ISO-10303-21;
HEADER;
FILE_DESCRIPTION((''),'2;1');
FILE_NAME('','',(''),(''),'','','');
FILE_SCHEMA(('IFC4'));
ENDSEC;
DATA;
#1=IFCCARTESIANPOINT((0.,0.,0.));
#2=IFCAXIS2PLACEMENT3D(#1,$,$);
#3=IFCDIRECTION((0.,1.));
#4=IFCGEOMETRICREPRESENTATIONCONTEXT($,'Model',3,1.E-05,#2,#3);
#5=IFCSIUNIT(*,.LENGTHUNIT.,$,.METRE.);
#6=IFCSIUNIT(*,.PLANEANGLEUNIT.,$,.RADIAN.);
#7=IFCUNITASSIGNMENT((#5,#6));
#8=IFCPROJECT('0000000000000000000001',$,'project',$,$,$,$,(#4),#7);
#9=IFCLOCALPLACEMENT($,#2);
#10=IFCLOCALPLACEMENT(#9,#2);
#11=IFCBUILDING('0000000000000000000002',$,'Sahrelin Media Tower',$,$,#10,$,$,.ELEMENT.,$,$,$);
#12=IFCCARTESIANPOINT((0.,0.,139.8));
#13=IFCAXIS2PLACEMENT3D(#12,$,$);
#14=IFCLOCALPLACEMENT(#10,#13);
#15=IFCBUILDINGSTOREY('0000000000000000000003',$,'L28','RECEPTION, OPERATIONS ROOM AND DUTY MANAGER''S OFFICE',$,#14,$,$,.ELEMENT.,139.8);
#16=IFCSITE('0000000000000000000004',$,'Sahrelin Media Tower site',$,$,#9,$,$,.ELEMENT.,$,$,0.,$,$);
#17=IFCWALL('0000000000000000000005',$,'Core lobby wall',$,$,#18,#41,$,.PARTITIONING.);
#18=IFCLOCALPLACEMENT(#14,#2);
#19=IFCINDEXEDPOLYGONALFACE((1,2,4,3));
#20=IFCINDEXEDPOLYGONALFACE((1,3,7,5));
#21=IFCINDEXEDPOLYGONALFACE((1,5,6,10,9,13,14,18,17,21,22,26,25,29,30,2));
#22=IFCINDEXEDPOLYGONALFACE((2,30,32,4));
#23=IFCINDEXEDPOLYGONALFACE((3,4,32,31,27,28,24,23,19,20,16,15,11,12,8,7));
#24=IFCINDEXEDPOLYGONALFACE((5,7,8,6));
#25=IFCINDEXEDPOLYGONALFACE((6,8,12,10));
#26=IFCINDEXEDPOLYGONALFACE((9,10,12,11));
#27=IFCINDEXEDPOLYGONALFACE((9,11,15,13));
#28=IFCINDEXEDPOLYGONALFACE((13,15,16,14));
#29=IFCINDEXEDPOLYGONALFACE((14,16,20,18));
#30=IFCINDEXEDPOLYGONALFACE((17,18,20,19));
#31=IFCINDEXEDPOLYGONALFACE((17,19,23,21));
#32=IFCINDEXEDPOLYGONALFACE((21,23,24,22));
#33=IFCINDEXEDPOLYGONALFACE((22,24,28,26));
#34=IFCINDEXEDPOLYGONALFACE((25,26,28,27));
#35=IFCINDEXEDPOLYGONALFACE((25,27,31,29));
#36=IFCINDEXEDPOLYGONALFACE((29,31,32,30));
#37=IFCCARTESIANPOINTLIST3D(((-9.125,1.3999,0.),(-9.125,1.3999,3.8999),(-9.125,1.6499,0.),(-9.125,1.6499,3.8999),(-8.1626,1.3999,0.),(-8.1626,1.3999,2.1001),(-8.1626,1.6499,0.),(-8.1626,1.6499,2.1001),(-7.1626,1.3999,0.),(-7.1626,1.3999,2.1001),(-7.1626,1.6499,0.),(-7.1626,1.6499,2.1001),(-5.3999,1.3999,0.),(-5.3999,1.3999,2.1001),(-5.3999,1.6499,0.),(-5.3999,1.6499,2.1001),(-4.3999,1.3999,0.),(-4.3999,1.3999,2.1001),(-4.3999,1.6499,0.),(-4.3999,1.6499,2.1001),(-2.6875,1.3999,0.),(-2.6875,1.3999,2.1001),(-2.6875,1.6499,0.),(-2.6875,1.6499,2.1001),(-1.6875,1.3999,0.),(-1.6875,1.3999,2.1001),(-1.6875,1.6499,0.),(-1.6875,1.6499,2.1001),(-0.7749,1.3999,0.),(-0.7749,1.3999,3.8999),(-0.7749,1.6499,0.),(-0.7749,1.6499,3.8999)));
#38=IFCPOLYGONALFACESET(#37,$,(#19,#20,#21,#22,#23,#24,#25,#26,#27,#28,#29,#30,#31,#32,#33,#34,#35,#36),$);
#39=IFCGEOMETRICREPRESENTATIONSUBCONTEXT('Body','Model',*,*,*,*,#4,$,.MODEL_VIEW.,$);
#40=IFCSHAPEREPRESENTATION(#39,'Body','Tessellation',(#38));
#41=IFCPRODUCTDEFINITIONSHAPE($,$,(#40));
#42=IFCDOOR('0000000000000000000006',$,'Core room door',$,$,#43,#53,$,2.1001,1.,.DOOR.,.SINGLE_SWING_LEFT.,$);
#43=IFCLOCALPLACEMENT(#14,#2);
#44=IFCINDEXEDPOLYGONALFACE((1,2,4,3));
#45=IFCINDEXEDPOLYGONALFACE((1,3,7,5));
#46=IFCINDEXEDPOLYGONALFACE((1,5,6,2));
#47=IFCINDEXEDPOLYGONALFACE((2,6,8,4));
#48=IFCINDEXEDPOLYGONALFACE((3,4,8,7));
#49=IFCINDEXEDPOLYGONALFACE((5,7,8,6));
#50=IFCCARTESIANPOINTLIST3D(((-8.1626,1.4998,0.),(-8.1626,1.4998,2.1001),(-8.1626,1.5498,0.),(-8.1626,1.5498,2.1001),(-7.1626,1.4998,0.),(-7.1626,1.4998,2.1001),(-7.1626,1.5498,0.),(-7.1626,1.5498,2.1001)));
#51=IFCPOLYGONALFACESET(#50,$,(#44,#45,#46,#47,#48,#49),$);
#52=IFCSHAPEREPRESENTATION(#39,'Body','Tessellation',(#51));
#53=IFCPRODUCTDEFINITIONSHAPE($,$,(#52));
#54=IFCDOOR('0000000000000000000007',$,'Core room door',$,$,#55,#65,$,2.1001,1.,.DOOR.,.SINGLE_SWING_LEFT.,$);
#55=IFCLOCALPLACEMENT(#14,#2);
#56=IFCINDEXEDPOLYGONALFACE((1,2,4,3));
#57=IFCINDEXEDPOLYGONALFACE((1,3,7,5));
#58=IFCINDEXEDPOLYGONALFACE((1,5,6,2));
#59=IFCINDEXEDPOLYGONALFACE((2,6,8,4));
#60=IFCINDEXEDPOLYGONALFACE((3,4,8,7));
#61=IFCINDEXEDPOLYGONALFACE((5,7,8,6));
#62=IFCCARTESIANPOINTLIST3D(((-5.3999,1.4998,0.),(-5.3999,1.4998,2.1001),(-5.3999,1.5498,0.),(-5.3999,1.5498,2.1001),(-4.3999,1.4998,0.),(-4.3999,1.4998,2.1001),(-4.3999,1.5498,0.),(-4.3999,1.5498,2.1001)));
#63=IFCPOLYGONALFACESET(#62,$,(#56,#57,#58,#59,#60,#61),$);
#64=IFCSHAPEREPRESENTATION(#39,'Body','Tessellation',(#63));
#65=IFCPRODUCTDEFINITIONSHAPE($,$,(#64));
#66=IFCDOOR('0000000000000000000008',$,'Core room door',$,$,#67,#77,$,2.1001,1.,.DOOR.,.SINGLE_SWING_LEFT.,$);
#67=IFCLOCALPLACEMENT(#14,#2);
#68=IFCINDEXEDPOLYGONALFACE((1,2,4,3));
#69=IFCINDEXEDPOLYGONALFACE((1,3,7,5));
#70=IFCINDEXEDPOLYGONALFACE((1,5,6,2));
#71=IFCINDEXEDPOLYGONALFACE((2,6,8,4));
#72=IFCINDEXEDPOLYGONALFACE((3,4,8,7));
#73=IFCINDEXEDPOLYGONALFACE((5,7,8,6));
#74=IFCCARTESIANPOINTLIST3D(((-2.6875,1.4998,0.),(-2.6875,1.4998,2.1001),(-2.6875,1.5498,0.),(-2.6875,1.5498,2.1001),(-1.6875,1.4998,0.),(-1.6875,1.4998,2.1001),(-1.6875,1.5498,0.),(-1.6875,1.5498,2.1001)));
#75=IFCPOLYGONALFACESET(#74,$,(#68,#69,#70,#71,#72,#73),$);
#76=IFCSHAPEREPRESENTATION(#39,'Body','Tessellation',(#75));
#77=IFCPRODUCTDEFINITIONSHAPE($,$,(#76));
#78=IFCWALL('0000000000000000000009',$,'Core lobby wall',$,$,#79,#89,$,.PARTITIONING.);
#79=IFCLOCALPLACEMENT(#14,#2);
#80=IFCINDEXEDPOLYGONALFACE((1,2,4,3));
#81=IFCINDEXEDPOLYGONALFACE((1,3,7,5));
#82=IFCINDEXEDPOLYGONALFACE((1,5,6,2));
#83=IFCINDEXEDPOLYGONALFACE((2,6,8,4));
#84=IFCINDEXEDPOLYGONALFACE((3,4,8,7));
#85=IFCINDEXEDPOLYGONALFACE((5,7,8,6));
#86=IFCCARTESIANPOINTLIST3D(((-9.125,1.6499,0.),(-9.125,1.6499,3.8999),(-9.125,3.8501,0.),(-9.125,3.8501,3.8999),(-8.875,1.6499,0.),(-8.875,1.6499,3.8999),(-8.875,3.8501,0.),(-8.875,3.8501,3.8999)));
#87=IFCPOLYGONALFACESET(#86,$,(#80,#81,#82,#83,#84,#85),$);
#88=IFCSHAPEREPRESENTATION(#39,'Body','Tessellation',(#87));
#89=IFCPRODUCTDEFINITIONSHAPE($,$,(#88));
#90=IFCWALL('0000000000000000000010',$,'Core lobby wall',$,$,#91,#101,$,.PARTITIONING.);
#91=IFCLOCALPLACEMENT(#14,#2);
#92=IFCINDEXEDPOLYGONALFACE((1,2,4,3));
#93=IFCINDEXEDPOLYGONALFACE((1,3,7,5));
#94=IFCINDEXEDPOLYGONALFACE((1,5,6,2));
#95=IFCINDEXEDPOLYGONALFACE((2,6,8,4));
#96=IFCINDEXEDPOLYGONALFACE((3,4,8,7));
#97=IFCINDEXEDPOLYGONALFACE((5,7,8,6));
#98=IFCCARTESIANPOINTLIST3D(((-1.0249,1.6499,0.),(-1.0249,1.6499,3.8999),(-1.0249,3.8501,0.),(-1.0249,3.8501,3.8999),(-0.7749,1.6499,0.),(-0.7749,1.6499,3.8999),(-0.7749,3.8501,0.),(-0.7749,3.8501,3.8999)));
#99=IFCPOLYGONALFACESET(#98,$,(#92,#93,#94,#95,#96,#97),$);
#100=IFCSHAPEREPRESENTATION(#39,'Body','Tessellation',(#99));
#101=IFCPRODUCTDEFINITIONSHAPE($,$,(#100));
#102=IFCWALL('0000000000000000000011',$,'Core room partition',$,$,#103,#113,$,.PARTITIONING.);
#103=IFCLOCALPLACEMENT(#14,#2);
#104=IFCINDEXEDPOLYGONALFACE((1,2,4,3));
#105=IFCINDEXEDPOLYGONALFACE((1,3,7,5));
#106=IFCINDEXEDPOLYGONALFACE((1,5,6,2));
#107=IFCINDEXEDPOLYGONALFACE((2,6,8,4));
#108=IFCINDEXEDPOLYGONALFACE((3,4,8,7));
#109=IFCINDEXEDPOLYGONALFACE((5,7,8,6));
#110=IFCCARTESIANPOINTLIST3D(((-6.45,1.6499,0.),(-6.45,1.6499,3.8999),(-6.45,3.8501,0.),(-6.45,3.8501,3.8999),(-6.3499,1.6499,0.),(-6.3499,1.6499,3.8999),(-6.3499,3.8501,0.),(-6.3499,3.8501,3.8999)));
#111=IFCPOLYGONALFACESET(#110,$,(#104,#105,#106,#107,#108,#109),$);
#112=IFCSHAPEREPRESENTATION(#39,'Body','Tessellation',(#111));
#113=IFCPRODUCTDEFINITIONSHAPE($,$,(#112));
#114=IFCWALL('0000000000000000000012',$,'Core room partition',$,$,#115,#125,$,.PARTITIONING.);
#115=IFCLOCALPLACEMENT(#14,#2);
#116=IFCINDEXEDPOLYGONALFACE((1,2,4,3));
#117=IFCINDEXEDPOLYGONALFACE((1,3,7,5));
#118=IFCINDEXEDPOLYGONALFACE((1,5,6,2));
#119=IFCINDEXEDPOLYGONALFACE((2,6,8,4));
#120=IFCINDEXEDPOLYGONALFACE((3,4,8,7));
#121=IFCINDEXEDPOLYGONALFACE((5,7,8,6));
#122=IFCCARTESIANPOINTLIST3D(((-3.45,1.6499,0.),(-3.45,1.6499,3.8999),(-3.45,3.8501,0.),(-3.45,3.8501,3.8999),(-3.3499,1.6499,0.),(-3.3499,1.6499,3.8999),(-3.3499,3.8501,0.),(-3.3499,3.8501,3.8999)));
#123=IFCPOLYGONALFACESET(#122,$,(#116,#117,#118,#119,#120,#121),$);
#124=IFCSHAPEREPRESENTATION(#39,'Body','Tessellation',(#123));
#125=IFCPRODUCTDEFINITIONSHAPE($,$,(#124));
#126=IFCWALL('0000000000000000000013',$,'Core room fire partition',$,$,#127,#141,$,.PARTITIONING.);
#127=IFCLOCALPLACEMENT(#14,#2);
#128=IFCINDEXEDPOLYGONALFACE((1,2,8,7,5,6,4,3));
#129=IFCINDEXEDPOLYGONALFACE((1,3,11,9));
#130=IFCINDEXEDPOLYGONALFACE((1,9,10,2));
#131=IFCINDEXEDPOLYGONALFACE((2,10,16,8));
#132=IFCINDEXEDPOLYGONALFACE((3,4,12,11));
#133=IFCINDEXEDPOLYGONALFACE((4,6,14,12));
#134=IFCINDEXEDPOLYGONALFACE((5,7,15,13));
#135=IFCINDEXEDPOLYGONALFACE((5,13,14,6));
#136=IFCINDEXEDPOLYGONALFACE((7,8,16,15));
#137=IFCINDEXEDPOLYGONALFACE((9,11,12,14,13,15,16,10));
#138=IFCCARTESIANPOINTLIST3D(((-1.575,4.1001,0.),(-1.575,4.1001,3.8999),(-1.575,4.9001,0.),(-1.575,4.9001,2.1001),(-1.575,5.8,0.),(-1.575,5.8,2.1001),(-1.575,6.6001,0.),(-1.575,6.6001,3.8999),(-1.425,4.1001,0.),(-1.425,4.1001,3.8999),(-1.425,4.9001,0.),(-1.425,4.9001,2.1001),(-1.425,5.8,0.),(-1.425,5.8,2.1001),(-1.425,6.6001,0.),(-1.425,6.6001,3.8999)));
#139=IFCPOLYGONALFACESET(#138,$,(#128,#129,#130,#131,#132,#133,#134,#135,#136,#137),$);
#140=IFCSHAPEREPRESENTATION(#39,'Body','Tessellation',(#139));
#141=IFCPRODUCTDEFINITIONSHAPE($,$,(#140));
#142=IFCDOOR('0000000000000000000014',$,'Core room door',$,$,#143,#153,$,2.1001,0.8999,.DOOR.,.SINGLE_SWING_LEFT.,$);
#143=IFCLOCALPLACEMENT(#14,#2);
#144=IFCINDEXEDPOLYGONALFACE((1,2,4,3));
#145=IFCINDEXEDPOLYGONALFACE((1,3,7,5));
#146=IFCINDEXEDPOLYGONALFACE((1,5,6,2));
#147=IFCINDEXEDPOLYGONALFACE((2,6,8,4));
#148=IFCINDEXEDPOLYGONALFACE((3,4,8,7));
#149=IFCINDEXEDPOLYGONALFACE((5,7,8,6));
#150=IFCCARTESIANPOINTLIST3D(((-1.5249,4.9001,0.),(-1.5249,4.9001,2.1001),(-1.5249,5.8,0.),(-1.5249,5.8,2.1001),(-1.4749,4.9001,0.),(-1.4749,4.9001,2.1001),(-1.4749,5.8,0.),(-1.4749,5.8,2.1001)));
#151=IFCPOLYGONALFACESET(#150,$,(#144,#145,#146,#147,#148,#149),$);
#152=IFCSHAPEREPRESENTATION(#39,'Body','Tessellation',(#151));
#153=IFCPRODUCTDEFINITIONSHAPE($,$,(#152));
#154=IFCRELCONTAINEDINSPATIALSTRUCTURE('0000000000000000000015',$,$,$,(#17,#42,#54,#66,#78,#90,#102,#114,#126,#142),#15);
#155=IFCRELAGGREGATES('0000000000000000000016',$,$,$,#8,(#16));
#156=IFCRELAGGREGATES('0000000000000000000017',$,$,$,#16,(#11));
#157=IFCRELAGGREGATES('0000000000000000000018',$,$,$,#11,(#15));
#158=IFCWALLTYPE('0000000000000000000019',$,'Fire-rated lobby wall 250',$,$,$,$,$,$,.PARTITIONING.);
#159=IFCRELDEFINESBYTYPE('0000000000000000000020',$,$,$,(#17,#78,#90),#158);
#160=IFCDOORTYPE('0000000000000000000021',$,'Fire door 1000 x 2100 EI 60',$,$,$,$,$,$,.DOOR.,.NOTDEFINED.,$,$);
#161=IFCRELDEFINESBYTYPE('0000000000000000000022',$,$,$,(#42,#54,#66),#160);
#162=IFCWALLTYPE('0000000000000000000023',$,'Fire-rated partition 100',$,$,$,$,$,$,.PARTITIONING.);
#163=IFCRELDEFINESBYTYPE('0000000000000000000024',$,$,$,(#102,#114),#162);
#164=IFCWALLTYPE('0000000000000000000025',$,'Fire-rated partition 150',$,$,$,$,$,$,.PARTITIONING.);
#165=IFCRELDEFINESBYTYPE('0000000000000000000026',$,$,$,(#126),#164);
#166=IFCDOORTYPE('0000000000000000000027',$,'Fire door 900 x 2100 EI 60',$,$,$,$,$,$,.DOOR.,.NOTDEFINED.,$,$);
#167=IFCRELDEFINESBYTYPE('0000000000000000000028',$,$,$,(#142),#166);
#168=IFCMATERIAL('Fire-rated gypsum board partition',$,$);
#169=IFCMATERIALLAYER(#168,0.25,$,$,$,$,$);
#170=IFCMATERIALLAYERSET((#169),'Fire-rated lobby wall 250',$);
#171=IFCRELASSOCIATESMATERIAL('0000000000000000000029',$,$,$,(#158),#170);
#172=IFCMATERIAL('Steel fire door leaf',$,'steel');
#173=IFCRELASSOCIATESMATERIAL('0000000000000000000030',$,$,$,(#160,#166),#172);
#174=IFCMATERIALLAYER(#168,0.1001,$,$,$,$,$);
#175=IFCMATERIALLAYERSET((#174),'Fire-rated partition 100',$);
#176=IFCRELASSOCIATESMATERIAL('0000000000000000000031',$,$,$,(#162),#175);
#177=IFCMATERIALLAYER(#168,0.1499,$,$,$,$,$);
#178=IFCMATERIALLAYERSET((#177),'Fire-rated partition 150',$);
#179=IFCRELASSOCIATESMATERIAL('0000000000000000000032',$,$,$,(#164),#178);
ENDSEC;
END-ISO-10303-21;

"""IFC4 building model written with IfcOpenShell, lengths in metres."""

from ifc_helpers import new_model, si_unit, direction, frame, frame_2d, origin, place, context, subcontext, project, spatial, rectangle, extrude, material, layer, layer_set, type_object, element, fill, save


model = new_model("IFC4")

# Units and contexts
model_context = context("Model", 3, precision=1e-05, world=origin(), true_north=direction((0.0, 1.0)))
body_context = subcontext(model_context, "Body", "Model", "MODEL_VIEW")
ifc_project = project(units=[si_unit("LENGTHUNIT", "METRE"), si_unit("PLANEANGLEUNIT", "RADIAN")], contexts=[model_context])

# Site, building, storey
site_placement = place(None, origin())
site = spatial("IfcSite", under=ifc_project, at=site_placement, Name="Sahrelin Media Tower site", CompositionType="ELEMENT", RefElevation=0.0)
building_placement = place(site_placement, origin())
building = spatial("IfcBuilding", under=site, at=building_placement, Name="Sahrelin Media Tower", CompositionType="ELEMENT")
storey_placement = place(building_placement, frame((0.0, 0.0, 139.8)))
storey = spatial("IfcBuildingStorey", under=building, at=storey_placement, Name="L28", Description="RECEPTION, OPERATIONS ROOM AND DUTY MANAGER'S OFFICE", CompositionType="ELEMENT", Elevation=139.8)

# Shared definitions
ifc_material_1 = material(Name="Fire-rated gypsum board partition")
ifc_layer_1 = layer(ifc_material_1, 0.25)
ifc_layer_set_1 = layer_set([ifc_layer_1], Name="Fire-rated lobby wall 250")
wall_type_1 = type_object("IfcWallType", Name="Fire-rated lobby wall 250", PredefinedType="PARTITIONING", material=ifc_layer_set_1)
ifc_material_2 = material(Name="Steel fire door leaf", Category="steel")

# Wall, openings, doors
wall_1_placement = place(storey_placement, frame((-9.125, 1.5249, 0.0), z_axis=(0.0, 0.0, 1.0), x_axis=(1.0, 0.0, 0.0)))
wall_1 = element("IfcWall", 1, at=wall_1_placement, inside=storey, type_object=wall_type_1, Name="Core lobby wall", PredefinedType="PARTITIONING", context=body_context, shape_type="SweptSolid", body=[
    extrude(rectangle(XDim=8.3501, YDim=0.25, at=frame_2d((4.175, 0.0))), origin(), (0.0, 0.0, 1.0), 3.8999),
])
opening_1_placement = place(wall_1_placement, frame((0.9624, 0.0, 0.0)))
opening_1 = element("IfcOpeningElement", 2, at=opening_1_placement, cuts=wall_1, PredefinedType="OPENING", context=body_context, shape_type="SweptSolid", body=[
    extrude(rectangle(XDim=1.0, YDim=2.1001, at=frame_2d((0.5, 1.05))), frame((0.0, 0.125, 0.0), z_axis=(0.0, -1.0, 0.0), x_axis=(1.0, 0.0, 0.0)), (0.0, 0.0, 1.0), 0.25),
])
opening_2_placement = place(wall_1_placement, frame((3.7251, 0.0, 0.0)))
opening_2 = element("IfcOpeningElement", 3, at=opening_2_placement, cuts=wall_1, PredefinedType="OPENING", context=body_context, shape_type="SweptSolid", body=[
    extrude(rectangle(XDim=1.0, YDim=2.1001, at=frame_2d((0.5, 1.05))), frame((0.0, 0.125, 0.0), z_axis=(0.0, -1.0, 0.0), x_axis=(1.0, 0.0, 0.0)), (0.0, 0.0, 1.0), 0.25),
])
opening_3_placement = place(wall_1_placement, frame((6.4375, 0.0, 0.0)))
opening_3 = element("IfcOpeningElement", 4, at=opening_3_placement, cuts=wall_1, PredefinedType="OPENING", context=body_context, shape_type="SweptSolid", body=[
    extrude(rectangle(XDim=1.0, YDim=2.1001, at=frame_2d((0.5, 1.05))), frame((0.0, 0.125, 0.0), z_axis=(0.0, -1.0, 0.0), x_axis=(1.0, 0.0, 0.0)), (0.0, 0.0, 1.0), 0.25),
])
door_type_1 = type_object("IfcDoorType", Name="Fire door 1000 x 2100 EI 60", OperationType="NOTDEFINED", PredefinedType="DOOR", material=ifc_material_2)
door_1_placement = place(opening_1_placement, origin())
door_1 = element("IfcDoor", 5, at=door_1_placement, inside=storey, type_object=door_type_1, Name="Core room door", OperationType="SINGLE_SWING_LEFT", OverallHeight=2.1001, OverallWidth=1.0, PredefinedType="DOOR", context=body_context, shape_type="SweptSolid", body=[
    extrude(rectangle(XDim=1.0, YDim=2.1001, at=frame_2d((0.5, 1.05))), frame((0.0, 0.0249, 0.0), z_axis=(0.0, -1.0, 0.0), x_axis=(1.0, 0.0, 0.0)), (0.0, 0.0, 1.0), 0.05),
])
fill(opening_1, door_1)
door_2_placement = place(opening_2_placement, origin())
door_2 = element("IfcDoor", 6, at=door_2_placement, inside=storey, type_object=door_type_1, Name="Core room door", OperationType="SINGLE_SWING_LEFT", OverallHeight=2.1001, OverallWidth=1.0, PredefinedType="DOOR", context=body_context, shape_type="SweptSolid", body=[
    extrude(rectangle(XDim=1.0, YDim=2.1001, at=frame_2d((0.5, 1.05))), frame((0.0, 0.0249, 0.0), z_axis=(0.0, -1.0, 0.0), x_axis=(1.0, 0.0, 0.0)), (0.0, 0.0, 1.0), 0.05),
])
fill(opening_2, door_2)
door_3_placement = place(opening_3_placement, origin())
door_3 = element("IfcDoor", 7, at=door_3_placement, inside=storey, type_object=door_type_1, Name="Core room door", OperationType="SINGLE_SWING_LEFT", OverallHeight=2.1001, OverallWidth=1.0, PredefinedType="DOOR", context=body_context, shape_type="SweptSolid", body=[
    extrude(rectangle(XDim=1.0, YDim=2.1001, at=frame_2d((0.5, 1.05))), frame((0.0, 0.0249, 0.0), z_axis=(0.0, -1.0, 0.0), x_axis=(1.0, 0.0, 0.0)), (0.0, 0.0, 1.0), 0.05),
])
fill(opening_3, door_3)

# Walls
for number, where, z_axis, x_axis, name in (
    (8, (-9.0, 1.6499, 0.0), (0.0, 0.0, 1.0), (0.0, 1.0, 0.0), "Core lobby wall"),
    (9, (-0.8999, 1.6499, 0.0), (0.0, 0.0, 1.0), (0.0, 1.0, 0.0), "Core lobby wall"),
):
    element("IfcWall", number, at=place(storey_placement, frame(where, z_axis=z_axis, x_axis=x_axis)), inside=storey, type_object=wall_type_1, Name=name, PredefinedType="PARTITIONING", context=body_context, shape_type="SweptSolid", body=[
        extrude(rectangle(XDim=2.2002, YDim=0.25, at=frame_2d((1.1001, 0.0))), origin(), (0.0, 0.0, 1.0), 3.8999),
    ])
ifc_layer_2 = layer(ifc_material_1, 0.1001)
ifc_layer_set_2 = layer_set([ifc_layer_2], Name="Fire-rated partition 100")
wall_type_2 = type_object("IfcWallType", Name="Fire-rated partition 100", PredefinedType="PARTITIONING", material=ifc_layer_set_2)
for number, where, z_axis, x_axis, name in (
    (10, (-6.3999, 1.6499, 0.0), (0.0, 0.0, 1.0), (0.0, 1.0, 0.0), "Core room partition"),
    (11, (-3.3999, 1.6499, 0.0), (0.0, 0.0, 1.0), (0.0, 1.0, 0.0), "Core room partition"),
):
    element("IfcWall", number, at=place(storey_placement, frame(where, z_axis=z_axis, x_axis=x_axis)), inside=storey, type_object=wall_type_2, Name=name, PredefinedType="PARTITIONING", context=body_context, shape_type="SweptSolid", body=[
        extrude(rectangle(XDim=2.2002, YDim=0.1001, at=frame_2d((1.1001, 0.0))), origin(), (0.0, 0.0, 1.0), 3.8999),
    ])

# Wall, opening, door
ifc_layer_3 = layer(ifc_material_1, 0.1499)
ifc_layer_set_3 = layer_set([ifc_layer_3], Name="Fire-rated partition 150")
wall_type_3 = type_object("IfcWallType", Name="Fire-rated partition 150", PredefinedType="PARTITIONING", material=ifc_layer_set_3)
wall_2_placement = place(storey_placement, frame((-1.5, 4.1001, 0.0), z_axis=(0.0, 0.0, 1.0), x_axis=(0.0, 1.0, 0.0)))
wall_2 = element("IfcWall", 12, at=wall_2_placement, inside=storey, type_object=wall_type_3, Name="Core room fire partition", PredefinedType="PARTITIONING", context=body_context, shape_type="SweptSolid", body=[
    extrude(rectangle(XDim=2.5, YDim=0.1499, at=frame_2d((1.25, 0.0))), origin(), (0.0, 0.0, 1.0), 3.8999),
])
opening_4_placement = place(wall_2_placement, frame((0.8, 0.0, 0.0)))
opening_4 = element("IfcOpeningElement", 13, at=opening_4_placement, cuts=wall_2, PredefinedType="OPENING", context=body_context, shape_type="SweptSolid", body=[
    extrude(rectangle(XDim=0.8999, YDim=2.1001, at=frame_2d((0.45, 1.05))), frame((0.0, 0.075, 0.0), z_axis=(0.0, -1.0, 0.0), x_axis=(1.0, 0.0, 0.0)), (0.0, 0.0, 1.0), 0.1499),
])
door_type_2 = type_object("IfcDoorType", Name="Fire door 900 x 2100 EI 60", OperationType="NOTDEFINED", PredefinedType="DOOR", material=ifc_material_2)
door_4_placement = place(opening_4_placement, origin())
door_4 = element("IfcDoor", 14, at=door_4_placement, inside=storey, type_object=door_type_2, Name="Core room door", OperationType="SINGLE_SWING_LEFT", OverallHeight=2.1001, OverallWidth=0.8999, PredefinedType="DOOR", context=body_context, shape_type="SweptSolid", body=[
    extrude(rectangle(XDim=0.8999, YDim=2.1001, at=frame_2d((0.45, 1.05))), frame((0.0, 0.0249, 0.0), z_axis=(0.0, -1.0, 0.0), x_axis=(1.0, 0.0, 0.0)), (0.0, 0.0, 1.0), 0.05),
])
fill(opening_4, door_4)

save(model, "model.ifc")
